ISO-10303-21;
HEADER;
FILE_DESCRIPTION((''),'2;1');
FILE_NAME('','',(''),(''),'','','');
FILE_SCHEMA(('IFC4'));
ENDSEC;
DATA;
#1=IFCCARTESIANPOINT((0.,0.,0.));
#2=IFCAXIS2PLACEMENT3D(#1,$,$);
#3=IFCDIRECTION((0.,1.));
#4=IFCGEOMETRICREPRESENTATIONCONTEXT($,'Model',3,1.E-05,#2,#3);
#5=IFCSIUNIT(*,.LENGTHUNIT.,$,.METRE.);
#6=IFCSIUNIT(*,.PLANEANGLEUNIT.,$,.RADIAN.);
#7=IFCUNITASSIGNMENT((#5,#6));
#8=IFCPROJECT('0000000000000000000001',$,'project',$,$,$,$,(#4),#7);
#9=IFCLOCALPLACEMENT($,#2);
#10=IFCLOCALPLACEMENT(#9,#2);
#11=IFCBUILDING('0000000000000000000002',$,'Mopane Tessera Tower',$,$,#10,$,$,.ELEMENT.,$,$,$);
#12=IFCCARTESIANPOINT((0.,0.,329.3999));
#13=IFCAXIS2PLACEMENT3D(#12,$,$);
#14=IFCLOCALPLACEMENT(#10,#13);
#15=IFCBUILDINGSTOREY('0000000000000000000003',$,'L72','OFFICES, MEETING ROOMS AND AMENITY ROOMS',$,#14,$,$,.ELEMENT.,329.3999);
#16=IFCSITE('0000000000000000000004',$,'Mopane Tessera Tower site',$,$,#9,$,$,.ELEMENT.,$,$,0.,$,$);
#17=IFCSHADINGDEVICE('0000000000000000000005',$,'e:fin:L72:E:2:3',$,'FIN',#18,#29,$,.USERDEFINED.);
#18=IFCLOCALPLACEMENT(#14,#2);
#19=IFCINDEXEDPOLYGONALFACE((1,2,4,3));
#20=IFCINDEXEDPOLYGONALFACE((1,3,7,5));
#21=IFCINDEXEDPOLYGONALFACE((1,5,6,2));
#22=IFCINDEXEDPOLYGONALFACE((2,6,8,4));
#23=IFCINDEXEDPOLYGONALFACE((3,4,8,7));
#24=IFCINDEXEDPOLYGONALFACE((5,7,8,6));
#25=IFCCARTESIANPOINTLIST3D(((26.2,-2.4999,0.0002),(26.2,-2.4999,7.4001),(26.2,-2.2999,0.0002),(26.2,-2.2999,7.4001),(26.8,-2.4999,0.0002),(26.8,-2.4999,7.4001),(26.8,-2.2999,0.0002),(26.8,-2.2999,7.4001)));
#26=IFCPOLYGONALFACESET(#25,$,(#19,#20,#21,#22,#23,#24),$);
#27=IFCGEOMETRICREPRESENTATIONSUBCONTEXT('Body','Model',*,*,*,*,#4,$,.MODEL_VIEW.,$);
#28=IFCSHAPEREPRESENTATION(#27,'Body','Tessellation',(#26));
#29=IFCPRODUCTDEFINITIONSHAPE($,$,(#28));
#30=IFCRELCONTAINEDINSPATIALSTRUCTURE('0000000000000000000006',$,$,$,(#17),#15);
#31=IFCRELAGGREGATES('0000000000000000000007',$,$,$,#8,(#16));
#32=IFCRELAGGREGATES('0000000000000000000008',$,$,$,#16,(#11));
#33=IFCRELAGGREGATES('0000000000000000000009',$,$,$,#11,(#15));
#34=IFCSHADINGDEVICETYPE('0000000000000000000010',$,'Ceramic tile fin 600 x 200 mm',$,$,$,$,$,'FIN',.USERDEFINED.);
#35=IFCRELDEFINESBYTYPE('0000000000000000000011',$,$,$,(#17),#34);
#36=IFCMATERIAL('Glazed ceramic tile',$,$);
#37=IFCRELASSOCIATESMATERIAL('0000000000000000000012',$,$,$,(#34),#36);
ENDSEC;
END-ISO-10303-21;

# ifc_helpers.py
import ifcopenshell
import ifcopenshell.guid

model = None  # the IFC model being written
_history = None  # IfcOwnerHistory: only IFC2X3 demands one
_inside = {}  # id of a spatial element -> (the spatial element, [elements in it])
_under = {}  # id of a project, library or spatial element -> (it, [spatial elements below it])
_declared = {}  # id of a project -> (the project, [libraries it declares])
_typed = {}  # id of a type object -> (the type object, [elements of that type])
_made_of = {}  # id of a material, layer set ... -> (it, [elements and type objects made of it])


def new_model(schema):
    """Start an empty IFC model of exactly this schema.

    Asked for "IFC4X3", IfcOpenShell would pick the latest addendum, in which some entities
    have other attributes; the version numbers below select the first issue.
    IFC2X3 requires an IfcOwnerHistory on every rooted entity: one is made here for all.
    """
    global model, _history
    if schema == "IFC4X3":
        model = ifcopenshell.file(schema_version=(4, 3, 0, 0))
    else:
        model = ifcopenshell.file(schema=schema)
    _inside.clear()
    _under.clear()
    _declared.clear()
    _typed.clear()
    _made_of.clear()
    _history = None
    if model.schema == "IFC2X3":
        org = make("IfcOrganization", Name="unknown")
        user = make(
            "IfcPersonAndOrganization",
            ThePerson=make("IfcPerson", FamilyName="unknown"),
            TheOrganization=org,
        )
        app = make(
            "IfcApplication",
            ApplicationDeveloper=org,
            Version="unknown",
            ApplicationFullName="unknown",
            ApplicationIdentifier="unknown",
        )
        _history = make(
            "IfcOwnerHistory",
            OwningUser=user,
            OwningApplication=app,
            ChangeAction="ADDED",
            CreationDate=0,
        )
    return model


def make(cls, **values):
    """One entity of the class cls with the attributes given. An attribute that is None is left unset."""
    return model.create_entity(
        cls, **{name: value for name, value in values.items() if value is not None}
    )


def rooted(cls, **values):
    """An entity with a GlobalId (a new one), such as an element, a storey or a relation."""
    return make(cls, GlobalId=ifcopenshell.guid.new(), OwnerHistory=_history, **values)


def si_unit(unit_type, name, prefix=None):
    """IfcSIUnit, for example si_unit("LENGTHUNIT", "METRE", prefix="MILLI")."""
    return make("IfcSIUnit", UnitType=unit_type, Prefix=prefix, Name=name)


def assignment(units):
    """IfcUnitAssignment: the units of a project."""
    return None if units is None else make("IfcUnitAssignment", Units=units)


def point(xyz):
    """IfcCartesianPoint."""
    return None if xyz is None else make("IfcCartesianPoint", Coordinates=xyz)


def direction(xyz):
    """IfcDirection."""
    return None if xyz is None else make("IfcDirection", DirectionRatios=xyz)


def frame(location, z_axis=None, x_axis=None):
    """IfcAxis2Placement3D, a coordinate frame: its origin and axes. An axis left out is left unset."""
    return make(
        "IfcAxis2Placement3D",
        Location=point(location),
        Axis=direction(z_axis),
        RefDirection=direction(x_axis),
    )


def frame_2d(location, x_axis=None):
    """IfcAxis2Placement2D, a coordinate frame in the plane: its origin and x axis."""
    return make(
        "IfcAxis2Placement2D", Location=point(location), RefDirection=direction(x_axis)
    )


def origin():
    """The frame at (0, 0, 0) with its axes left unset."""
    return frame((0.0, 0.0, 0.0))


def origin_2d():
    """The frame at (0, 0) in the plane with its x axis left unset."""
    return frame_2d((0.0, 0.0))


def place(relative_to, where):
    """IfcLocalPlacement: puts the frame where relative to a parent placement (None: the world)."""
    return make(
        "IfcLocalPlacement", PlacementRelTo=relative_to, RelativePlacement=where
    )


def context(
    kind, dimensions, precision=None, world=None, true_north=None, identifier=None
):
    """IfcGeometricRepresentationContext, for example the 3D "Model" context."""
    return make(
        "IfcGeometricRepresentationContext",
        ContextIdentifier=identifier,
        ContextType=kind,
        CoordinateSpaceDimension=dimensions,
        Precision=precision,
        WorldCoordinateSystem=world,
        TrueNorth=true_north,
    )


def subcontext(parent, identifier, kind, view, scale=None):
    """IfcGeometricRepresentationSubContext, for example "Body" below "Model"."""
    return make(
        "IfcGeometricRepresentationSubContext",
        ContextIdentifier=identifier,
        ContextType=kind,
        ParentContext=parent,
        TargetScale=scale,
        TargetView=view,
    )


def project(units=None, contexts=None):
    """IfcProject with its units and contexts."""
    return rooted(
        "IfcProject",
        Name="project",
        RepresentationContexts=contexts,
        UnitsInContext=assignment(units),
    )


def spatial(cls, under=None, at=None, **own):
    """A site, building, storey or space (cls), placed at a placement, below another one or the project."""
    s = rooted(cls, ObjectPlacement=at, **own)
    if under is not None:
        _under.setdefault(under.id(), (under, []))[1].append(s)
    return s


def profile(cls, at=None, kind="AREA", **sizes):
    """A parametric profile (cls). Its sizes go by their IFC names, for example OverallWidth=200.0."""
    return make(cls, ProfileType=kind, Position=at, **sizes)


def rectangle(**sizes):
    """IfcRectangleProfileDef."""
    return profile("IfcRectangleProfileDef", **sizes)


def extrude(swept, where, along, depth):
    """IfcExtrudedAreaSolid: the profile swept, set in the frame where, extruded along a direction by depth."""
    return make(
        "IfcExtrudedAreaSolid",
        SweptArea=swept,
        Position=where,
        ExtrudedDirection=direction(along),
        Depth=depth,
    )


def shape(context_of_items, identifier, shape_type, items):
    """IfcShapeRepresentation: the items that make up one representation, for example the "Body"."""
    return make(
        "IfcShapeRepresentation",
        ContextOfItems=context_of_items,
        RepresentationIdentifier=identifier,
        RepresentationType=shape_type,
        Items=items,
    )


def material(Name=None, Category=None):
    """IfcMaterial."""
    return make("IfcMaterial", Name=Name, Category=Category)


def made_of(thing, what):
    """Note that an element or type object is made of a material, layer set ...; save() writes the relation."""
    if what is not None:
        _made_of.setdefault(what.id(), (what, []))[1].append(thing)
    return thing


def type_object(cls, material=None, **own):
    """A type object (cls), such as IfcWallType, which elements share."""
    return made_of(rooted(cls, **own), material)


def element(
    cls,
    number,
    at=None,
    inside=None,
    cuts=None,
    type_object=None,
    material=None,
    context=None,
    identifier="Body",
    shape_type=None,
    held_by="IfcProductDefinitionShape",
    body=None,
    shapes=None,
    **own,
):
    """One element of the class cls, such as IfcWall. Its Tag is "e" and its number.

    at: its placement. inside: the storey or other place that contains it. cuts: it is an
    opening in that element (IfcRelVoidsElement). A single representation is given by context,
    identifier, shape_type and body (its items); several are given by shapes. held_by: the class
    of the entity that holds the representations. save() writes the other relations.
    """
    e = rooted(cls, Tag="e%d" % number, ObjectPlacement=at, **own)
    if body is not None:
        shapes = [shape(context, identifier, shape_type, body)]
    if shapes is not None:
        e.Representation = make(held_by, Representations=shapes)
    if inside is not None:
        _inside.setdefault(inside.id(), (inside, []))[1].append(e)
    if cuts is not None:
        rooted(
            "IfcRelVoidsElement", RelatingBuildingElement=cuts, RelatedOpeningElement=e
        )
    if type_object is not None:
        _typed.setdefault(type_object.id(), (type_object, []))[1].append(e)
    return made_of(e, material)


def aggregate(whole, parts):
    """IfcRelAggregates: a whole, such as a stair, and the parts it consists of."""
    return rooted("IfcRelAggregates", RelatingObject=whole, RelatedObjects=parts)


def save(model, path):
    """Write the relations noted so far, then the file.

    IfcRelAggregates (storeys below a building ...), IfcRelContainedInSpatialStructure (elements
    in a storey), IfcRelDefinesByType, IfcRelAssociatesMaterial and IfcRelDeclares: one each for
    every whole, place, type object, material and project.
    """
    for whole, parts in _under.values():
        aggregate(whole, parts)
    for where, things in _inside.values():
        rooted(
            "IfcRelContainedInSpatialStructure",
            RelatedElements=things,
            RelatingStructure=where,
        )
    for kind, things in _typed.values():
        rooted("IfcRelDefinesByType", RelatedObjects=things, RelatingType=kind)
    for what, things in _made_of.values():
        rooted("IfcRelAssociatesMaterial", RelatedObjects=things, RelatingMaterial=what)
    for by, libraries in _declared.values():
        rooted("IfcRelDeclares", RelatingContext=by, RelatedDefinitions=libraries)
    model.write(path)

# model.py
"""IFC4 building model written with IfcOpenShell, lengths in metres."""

from ifc_helpers import new_model, si_unit, direction, frame, origin, origin_2d, place, context, subcontext, project, spatial, rectangle, extrude, material, type_object, element, save


model = new_model("IFC4")

# Units and contexts
model_context = context("Model", 3, precision=1e-05, world=origin(), true_north=direction((0.0, 1.0)))
body_context = subcontext(model_context, "Body", "Model", "MODEL_VIEW")
ifc_project = project(units=[si_unit("LENGTHUNIT", "METRE"), si_unit("PLANEANGLEUNIT", "RADIAN")], contexts=[model_context])

# Site, building, storey
site_placement = place(None, origin())
site = spatial("IfcSite", under=ifc_project, at=site_placement, Name="Mopane Tessera Tower site", CompositionType="ELEMENT", RefElevation=0.0)
building_placement = place(site_placement, origin())
building = spatial("IfcBuilding", under=site, at=building_placement, Name="Mopane Tessera Tower", CompositionType="ELEMENT")
storey_placement = place(building_placement, frame((0.0, 0.0, 329.3999)))
storey = spatial("IfcBuildingStorey", under=building, at=storey_placement, Name="L72", Description="OFFICES, MEETING ROOMS AND AMENITY ROOMS", CompositionType="ELEMENT", Elevation=329.3999)

# Shading device
ifc_material_1 = material(Name="Glazed ceramic tile")
shading_device_type = type_object("IfcShadingDeviceType", Name="Ceramic tile fin 600 x 200 mm", ElementType="FIN", PredefinedType="USERDEFINED", material=ifc_material_1)
for number, where, z_axis, x_axis, name in (
    (1, (26.5, -2.3999, 0.0002), (0.0, 0.0, 1.0), (0.0, 1.0, 0.0), "e:fin:L72:E:2:3"),
):
    element("IfcShadingDevice", number, at=place(storey_placement, frame(where, z_axis=z_axis, x_axis=x_axis)), inside=storey, type_object=shading_device_type, Name=name, ObjectType="FIN", PredefinedType="USERDEFINED", context=body_context, shape_type="SweptSolid", body=[
        extrude(rectangle(XDim=0.2, YDim=0.6001, at=origin_2d()), origin(), (0.0, 0.0, 1.0), 7.3999),
    ])

save(model, "model.ifc")
